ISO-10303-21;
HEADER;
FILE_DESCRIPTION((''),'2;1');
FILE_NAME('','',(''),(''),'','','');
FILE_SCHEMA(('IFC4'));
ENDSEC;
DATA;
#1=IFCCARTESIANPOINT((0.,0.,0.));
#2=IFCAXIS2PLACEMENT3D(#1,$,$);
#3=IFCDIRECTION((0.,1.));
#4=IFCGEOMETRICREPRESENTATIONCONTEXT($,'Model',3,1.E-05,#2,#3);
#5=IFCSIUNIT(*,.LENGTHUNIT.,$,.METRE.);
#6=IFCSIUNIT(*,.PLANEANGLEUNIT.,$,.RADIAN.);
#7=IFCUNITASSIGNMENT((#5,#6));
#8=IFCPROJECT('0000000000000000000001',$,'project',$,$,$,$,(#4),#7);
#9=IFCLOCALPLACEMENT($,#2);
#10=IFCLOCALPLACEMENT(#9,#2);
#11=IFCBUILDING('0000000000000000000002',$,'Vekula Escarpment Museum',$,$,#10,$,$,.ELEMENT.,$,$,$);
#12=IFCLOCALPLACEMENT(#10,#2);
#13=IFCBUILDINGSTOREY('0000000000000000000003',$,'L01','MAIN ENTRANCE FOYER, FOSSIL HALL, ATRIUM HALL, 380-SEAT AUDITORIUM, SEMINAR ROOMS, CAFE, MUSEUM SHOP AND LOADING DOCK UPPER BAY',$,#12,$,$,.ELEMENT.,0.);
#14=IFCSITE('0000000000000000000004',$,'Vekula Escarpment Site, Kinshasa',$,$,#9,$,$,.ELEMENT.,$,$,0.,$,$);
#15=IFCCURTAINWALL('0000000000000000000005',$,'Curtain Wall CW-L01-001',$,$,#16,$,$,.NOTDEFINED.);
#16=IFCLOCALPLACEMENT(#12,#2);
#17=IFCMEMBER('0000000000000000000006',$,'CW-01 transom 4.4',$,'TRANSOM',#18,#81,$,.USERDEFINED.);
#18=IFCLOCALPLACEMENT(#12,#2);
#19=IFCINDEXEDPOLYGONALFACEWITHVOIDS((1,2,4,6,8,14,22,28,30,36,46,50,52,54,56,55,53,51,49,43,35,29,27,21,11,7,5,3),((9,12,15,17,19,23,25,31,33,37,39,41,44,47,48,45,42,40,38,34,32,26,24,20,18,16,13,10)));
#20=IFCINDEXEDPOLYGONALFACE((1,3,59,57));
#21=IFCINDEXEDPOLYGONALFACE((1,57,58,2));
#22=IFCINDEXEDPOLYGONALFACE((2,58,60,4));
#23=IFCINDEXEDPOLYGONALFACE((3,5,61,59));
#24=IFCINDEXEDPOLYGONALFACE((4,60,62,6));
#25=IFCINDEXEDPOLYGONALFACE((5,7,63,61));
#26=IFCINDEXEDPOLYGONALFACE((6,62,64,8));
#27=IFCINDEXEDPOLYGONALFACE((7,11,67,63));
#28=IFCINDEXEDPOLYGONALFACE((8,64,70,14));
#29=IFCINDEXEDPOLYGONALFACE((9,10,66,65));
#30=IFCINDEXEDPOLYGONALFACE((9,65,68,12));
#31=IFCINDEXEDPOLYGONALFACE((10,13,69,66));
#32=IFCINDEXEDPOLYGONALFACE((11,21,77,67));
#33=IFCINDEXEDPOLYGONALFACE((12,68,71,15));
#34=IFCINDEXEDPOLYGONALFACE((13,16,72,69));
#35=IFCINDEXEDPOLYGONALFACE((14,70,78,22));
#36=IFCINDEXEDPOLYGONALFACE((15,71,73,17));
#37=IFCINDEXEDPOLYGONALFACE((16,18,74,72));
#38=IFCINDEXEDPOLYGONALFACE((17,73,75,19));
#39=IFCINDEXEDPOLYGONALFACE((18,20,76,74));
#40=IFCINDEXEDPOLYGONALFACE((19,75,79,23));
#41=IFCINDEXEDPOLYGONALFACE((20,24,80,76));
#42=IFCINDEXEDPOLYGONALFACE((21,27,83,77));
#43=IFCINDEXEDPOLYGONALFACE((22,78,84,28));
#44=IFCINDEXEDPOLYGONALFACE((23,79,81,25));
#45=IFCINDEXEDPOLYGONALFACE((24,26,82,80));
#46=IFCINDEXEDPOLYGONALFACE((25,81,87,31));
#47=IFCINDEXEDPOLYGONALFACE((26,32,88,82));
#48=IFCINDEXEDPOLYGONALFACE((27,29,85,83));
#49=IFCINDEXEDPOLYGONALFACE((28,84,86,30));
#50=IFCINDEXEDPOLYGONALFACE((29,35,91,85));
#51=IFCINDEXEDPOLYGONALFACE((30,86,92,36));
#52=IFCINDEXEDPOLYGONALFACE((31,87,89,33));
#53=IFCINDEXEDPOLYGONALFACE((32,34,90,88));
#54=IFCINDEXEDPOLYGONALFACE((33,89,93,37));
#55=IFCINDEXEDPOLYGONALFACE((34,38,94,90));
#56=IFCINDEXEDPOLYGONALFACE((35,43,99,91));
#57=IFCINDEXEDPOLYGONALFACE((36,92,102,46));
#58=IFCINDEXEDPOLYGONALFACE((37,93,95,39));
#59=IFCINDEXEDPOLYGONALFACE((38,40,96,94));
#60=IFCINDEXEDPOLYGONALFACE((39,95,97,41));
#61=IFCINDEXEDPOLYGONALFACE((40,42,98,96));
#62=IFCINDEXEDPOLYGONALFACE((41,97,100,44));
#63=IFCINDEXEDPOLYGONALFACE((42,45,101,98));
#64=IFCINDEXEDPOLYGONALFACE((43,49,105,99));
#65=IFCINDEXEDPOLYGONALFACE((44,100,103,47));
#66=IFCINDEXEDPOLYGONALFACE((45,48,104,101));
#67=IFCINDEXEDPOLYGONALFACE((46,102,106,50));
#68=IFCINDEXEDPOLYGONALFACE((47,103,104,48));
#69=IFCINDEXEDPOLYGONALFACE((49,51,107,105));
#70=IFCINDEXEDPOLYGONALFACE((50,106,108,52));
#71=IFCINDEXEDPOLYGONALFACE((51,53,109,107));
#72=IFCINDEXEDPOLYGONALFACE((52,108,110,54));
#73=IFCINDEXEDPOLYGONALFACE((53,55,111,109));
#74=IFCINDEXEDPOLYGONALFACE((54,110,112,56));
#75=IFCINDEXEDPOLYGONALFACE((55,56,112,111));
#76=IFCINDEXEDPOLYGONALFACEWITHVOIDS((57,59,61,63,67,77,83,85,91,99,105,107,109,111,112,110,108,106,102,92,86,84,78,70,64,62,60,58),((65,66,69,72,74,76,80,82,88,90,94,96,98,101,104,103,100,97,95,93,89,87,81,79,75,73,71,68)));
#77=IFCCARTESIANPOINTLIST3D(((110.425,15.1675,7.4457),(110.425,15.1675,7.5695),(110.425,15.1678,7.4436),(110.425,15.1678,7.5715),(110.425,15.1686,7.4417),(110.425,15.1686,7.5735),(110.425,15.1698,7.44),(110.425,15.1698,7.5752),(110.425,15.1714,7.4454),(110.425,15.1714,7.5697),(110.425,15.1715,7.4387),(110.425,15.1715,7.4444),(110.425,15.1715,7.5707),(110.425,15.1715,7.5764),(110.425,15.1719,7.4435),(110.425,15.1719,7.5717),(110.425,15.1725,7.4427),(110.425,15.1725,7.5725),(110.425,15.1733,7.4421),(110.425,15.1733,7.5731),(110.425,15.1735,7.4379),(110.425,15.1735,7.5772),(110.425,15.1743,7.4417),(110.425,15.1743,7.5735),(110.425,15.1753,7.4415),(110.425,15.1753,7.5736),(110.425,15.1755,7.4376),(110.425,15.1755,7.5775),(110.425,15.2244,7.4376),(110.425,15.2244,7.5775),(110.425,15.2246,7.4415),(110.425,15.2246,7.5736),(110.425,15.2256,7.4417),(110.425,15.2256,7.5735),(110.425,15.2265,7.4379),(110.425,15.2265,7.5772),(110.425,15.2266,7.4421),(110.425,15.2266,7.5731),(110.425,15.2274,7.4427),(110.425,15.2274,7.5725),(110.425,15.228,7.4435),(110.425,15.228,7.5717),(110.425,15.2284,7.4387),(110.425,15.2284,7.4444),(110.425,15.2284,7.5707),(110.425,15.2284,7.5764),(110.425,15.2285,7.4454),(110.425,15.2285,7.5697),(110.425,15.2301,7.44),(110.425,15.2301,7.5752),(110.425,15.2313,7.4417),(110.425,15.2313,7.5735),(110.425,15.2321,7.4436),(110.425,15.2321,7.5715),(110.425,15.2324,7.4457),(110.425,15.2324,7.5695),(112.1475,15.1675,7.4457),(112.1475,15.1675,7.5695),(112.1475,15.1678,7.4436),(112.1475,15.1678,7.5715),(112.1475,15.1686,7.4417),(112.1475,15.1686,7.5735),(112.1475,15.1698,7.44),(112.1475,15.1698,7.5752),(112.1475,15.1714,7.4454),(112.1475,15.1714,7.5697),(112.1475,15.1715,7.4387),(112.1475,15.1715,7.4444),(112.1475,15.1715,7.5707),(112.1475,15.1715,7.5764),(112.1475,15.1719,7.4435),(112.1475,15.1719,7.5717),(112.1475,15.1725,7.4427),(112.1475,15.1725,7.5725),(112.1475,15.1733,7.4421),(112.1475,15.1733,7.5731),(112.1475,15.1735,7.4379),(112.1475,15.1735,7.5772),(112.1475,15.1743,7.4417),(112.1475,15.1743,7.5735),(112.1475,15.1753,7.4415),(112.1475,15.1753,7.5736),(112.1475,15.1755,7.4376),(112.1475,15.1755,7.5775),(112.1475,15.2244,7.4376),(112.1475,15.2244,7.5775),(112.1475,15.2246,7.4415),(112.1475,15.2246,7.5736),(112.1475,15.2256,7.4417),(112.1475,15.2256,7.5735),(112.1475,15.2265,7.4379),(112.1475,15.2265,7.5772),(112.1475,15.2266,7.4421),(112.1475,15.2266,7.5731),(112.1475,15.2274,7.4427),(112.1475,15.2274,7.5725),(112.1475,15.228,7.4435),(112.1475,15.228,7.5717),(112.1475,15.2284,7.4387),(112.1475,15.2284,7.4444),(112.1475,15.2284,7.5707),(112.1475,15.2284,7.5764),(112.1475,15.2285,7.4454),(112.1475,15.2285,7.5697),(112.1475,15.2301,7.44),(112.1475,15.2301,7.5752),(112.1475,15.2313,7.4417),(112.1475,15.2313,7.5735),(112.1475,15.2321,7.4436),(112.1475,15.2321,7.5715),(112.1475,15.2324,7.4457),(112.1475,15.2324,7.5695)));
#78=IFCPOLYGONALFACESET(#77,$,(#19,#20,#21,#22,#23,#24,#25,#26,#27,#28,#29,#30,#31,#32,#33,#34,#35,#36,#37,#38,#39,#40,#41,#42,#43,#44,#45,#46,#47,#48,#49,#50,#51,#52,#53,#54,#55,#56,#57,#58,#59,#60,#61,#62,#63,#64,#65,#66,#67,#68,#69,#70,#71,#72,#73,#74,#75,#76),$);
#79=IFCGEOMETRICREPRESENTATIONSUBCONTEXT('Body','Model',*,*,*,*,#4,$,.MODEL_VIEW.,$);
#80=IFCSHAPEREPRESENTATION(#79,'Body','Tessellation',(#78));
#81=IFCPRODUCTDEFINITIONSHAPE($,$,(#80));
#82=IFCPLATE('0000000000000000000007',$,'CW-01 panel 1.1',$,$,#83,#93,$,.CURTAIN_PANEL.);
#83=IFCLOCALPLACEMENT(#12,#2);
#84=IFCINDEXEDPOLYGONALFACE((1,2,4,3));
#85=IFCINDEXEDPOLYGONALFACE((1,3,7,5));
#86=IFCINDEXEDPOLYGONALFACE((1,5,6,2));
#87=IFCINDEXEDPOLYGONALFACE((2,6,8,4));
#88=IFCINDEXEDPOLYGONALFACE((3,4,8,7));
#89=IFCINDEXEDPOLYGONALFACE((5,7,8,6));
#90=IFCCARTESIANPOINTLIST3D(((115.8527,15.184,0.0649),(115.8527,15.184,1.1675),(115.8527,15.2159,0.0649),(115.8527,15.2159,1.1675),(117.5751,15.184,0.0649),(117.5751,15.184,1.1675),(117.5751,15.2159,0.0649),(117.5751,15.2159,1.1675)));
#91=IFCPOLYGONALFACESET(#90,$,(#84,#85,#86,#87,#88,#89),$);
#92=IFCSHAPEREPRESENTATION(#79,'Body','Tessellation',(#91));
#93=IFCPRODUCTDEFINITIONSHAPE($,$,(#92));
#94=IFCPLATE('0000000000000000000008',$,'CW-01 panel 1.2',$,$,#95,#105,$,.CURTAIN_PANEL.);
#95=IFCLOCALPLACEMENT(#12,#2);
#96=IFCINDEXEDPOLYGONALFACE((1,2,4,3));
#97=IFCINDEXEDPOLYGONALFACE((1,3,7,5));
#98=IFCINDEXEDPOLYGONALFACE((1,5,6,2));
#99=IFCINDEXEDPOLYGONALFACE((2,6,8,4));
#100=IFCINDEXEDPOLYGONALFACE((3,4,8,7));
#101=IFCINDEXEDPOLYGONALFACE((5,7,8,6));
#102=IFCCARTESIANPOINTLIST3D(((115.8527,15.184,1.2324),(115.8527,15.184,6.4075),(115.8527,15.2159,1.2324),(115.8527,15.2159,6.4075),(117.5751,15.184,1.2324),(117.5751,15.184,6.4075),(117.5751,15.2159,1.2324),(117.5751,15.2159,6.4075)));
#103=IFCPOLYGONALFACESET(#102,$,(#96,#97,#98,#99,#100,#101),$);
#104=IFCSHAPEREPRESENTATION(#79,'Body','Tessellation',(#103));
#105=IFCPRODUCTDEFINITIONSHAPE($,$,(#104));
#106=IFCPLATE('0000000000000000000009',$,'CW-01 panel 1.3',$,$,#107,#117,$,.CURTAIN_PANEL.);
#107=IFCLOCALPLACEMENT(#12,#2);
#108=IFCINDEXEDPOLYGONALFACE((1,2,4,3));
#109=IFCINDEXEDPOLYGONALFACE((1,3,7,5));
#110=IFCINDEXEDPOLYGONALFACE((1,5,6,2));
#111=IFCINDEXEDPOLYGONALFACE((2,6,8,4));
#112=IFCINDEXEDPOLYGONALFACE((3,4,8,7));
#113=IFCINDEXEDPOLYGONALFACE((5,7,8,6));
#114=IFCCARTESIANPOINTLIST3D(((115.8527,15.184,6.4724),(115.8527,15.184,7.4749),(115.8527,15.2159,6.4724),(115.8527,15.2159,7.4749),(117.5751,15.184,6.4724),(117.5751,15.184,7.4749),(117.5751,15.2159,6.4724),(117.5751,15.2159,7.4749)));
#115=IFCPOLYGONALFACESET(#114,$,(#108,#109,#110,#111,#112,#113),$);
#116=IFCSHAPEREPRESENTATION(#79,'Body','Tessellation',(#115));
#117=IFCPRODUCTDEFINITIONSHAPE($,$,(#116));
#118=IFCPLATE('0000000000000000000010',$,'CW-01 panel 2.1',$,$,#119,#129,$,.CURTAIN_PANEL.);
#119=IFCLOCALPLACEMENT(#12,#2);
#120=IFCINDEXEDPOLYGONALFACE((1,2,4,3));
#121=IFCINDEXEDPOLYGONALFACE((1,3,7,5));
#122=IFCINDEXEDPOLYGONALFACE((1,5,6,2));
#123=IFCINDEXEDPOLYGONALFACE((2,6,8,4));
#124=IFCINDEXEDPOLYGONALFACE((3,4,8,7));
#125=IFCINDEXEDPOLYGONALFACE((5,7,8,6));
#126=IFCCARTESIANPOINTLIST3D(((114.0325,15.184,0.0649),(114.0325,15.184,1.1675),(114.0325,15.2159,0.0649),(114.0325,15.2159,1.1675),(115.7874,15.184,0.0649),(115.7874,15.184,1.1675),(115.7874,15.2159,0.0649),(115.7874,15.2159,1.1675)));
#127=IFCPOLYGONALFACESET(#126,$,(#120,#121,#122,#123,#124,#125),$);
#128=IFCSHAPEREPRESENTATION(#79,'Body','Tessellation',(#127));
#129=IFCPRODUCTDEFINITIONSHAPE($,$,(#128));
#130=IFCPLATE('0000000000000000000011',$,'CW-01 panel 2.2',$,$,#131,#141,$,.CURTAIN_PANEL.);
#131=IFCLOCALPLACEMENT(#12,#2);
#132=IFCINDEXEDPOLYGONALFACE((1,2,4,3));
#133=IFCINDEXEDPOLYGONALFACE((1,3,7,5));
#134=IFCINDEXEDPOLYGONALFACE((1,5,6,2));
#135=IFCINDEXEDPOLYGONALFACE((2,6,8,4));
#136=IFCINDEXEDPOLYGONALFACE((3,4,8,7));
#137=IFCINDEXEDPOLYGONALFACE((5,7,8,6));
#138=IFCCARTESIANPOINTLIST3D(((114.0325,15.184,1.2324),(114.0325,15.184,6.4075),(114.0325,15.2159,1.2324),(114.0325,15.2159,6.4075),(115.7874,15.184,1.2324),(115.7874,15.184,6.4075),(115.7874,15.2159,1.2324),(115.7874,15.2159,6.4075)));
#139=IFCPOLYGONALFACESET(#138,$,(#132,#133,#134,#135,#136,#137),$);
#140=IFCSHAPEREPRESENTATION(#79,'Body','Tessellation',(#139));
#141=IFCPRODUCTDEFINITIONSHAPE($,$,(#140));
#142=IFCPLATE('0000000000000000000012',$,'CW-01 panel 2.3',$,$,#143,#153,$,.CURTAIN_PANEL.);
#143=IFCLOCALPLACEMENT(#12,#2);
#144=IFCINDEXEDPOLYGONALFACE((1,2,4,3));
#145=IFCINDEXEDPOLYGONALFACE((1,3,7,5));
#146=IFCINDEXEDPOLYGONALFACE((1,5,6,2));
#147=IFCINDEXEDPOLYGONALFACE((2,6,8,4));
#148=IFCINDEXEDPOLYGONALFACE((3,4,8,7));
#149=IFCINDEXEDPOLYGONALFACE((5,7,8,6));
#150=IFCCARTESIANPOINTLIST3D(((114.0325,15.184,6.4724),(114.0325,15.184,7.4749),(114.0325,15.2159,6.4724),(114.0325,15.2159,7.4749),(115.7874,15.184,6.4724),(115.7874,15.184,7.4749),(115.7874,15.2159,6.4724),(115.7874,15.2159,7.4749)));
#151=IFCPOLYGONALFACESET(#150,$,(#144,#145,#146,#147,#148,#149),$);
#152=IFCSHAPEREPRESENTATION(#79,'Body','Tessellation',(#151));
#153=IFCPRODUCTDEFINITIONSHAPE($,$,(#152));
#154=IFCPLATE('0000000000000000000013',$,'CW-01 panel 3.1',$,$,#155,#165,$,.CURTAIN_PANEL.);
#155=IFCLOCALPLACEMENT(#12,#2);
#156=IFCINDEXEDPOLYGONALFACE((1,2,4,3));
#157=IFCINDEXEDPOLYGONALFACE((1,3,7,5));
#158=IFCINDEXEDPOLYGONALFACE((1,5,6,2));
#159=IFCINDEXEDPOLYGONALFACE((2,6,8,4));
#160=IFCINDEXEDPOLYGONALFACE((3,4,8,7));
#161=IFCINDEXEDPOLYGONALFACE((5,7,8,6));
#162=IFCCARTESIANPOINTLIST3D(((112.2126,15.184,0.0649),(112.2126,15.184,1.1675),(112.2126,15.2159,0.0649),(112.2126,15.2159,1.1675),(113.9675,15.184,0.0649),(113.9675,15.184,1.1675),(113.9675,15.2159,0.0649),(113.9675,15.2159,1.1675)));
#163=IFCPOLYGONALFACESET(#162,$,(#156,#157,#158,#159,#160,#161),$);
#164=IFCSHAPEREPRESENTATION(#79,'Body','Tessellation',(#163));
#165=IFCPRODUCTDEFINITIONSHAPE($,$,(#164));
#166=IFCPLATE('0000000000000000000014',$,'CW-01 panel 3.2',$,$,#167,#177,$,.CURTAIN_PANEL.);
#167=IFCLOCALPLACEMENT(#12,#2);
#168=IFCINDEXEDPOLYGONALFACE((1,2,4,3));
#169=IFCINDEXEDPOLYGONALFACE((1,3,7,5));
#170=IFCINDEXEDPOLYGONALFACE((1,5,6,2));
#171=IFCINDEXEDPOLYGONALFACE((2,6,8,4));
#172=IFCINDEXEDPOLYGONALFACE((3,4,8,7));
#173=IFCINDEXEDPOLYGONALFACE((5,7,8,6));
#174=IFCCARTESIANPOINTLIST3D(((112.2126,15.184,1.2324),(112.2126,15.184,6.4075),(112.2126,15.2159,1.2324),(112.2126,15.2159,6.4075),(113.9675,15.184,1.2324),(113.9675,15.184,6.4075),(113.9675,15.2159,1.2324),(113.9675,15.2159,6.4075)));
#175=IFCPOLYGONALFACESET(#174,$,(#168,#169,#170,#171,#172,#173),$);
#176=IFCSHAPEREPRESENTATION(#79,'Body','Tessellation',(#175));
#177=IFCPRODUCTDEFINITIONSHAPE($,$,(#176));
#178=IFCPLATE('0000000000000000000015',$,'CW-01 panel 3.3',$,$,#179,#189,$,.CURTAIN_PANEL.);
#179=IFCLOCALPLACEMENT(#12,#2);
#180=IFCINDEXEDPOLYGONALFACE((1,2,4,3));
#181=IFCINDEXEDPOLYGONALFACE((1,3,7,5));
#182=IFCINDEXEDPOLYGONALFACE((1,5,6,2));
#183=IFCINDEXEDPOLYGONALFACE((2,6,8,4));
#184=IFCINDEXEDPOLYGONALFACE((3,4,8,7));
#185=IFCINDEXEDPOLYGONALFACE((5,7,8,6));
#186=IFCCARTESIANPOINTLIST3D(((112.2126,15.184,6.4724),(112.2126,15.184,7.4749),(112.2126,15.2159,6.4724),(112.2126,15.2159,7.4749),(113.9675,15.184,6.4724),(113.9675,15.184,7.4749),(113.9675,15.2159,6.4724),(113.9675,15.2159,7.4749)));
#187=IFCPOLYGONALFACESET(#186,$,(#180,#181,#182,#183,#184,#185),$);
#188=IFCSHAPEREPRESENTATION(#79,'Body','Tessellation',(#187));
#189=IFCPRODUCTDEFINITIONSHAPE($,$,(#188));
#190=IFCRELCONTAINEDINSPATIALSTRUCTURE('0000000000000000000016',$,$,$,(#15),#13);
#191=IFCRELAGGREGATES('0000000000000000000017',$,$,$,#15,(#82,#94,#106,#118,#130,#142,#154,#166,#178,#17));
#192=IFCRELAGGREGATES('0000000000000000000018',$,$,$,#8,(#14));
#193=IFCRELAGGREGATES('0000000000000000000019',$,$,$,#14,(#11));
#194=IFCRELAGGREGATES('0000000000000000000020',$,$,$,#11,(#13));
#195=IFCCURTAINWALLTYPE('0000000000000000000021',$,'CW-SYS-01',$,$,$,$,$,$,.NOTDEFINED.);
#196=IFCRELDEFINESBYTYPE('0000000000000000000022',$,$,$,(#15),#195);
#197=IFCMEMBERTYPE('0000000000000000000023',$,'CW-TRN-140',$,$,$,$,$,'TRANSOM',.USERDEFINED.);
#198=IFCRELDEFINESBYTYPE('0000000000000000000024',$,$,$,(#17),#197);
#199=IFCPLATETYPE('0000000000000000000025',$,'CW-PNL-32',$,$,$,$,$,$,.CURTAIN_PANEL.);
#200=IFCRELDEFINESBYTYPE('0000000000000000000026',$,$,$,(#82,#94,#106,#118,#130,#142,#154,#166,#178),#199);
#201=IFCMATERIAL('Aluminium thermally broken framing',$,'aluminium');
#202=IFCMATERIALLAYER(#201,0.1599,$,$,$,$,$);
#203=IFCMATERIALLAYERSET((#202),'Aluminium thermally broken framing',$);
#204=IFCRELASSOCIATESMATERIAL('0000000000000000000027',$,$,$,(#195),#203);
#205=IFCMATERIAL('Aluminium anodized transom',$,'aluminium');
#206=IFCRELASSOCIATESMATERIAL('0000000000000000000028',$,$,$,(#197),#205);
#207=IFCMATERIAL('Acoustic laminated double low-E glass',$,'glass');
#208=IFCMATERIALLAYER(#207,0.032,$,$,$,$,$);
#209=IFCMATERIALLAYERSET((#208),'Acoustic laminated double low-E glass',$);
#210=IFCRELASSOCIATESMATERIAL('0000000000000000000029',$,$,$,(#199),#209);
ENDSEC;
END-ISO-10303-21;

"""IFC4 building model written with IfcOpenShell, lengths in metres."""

from ifc_helpers import new_model, si_unit, direction, frame, origin, origin_2d, place, context, subcontext, project, spatial, rectangle, hollow_rectangle, extrude, material, layer, layer_set, material_profile, profile_set, type_object, element, aggregate, save


model = new_model("IFC4")

# Units and contexts
model_context = context("Model", 3, precision=1e-05, world=origin(), true_north=direction((0.0, 1.0)))
body_context = subcontext(model_context, "Body", "Model", "MODEL_VIEW")
ifc_project = project(units=[si_unit("LENGTHUNIT", "METRE"), si_unit("PLANEANGLEUNIT", "RADIAN")], contexts=[model_context])

# Site, building, storey
site_placement = place(None, origin())
site = spatial("IfcSite", under=ifc_project, at=site_placement, Name="Vekula Escarpment Site, Kinshasa", CompositionType="ELEMENT", RefElevation=0.0)
building_placement = place(site_placement, origin())
building = spatial("IfcBuilding", under=site, at=building_placement, Name="Vekula Escarpment Museum", CompositionType="ELEMENT")
storey_placement = place(building_placement, origin())
storey = spatial("IfcBuildingStorey", under=building, at=storey_placement, Name="L01", Description="MAIN ENTRANCE FOYER, FOSSIL HALL, ATRIUM HALL, 380-SEAT AUDITORIUM, SEMINAR ROOMS, CAFE, MUSEUM SHOP AND LOADING DOCK UPPER BAY", CompositionType="ELEMENT", Elevation=0.0)

# Curtain wall, member, plates
ifc_material_1 = material(Name="Aluminium thermally broken framing", Category="aluminium")
ifc_layer_1 = layer(ifc_material_1, 0.1599)
ifc_layer_set_1 = layer_set([ifc_layer_1], Name="Aluminium thermally broken framing")
curtain_wall_type = type_object("IfcCurtainWallType", Name="CW-SYS-01", PredefinedType="NOTDEFINED", material=ifc_layer_set_1)
curtain_wall_placement = place(storey_placement, origin())
curtain_wall = element("IfcCurtainWall", 1, at=curtain_wall_placement, inside=storey, type_object=curtain_wall_type, Name="Curtain Wall CW-L01-001", PredefinedType="NOTDEFINED")
ifc_material_2 = material(Name="Aluminium anodized transom", Category="aluminium")
ifc_material_profile_1 = material_profile(ifc_material_2, hollow_rectangle(XDim=0.0649, YDim=0.1399, WallThickness=0.0039, InnerFilletRadius=0.0039, OuterFilletRadius=0.0081, at=origin_2d()), Name="ALU 140x65x4")
ifc_profile_set_1 = profile_set([ifc_material_profile_1], Name="Aluminium anodized transom")
member_type_1 = type_object("IfcMemberType", Name="CW-TRN-140", ElementType="TRANSOM", PredefinedType="USERDEFINED", material=ifc_profile_set_1)
member_1_placement = place(storey_placement, frame((112.1475, 15.2, 7.5076), z_axis=(-1.0, 0.0, 0.0), x_axis=(0.0, -1.0, 0.0)))
member_1 = element("IfcMember", 2, at=member_1_placement, type_object=member_type_1, Name="CW-01 transom 4.4", ObjectType="TRANSOM", PredefinedType="USERDEFINED", context=body_context, shape_type="SweptSolid", body=[
    extrude(hollow_rectangle(XDim=0.0649, YDim=0.1399, WallThickness=0.0039, InnerFilletRadius=0.0039, OuterFilletRadius=0.0081, at=origin_2d()), origin(), (0.0, 0.0, 1.0), 1.7224),
])
ifc_material_3 = material(Name="Acoustic laminated double low-E glass", Category="glass")
ifc_layer_2 = layer(ifc_material_3, 0.032)
ifc_layer_set_2 = layer_set([ifc_layer_2], Name="Acoustic laminated double low-E glass")
plate_type = type_object("IfcPlateType", Name="CW-PNL-32", PredefinedType="CURTAIN_PANEL", material=ifc_layer_set_2)
plate_1_placement = place(storey_placement, frame((116.7139, 15.2, 0.0649), z_axis=(0.0, 0.0, 1.0), x_axis=(-1.0, 0.0, 0.0)))
plate_1 = element("IfcPlate", 3, at=plate_1_placement, type_object=plate_type, Name="CW-01 panel 1.1", PredefinedType="CURTAIN_PANEL", context=body_context, shape_type="SweptSolid", body=[
    extrude(rectangle(XDim=1.7224, YDim=0.032, at=origin_2d()), origin(), (0.0, 0.0, 1.0), 1.1025),
])
plate_2_placement = place(storey_placement, frame((116.7139, 15.2, 1.2324), z_axis=(0.0, 0.0, 1.0), x_axis=(-1.0, 0.0, 0.0)))
plate_2 = element("IfcPlate", 4, at=plate_2_placement, type_object=plate_type, Name="CW-01 panel 1.2", PredefinedType="CURTAIN_PANEL", context=body_context, shape_type="SweptSolid", body=[
    extrude(rectangle(XDim=1.7224, YDim=0.032, at=origin_2d()), origin(), (0.0, 0.0, 1.0), 5.175),
])
plate_3_placement = place(storey_placement, frame((116.7139, 15.2, 6.4724), z_axis=(0.0, 0.0, 1.0), x_axis=(-1.0, 0.0, 0.0)))
plate_3 = element("IfcPlate", 5, at=plate_3_placement, type_object=plate_type, Name="CW-01 panel 1.3", PredefinedType="CURTAIN_PANEL", context=body_context, shape_type="SweptSolid", body=[
    extrude(rectangle(XDim=1.7224, YDim=0.032, at=origin_2d()), origin(), (0.0, 0.0, 1.0), 1.0024),
])
plate_4_placement = place(storey_placement, frame((114.9099, 15.2, 0.0649), z_axis=(0.0, 0.0, 1.0), x_axis=(-1.0, 0.0, 0.0)))
plate_4 = element("IfcPlate", 6, at=plate_4_placement, type_object=plate_type, Name="CW-01 panel 2.1", PredefinedType="CURTAIN_PANEL", context=body_context, shape_type="SweptSolid", body=[
    extrude(rectangle(XDim=1.7549, YDim=0.032, at=origin_2d()), origin(), (0.0, 0.0, 1.0), 1.1025),
])
plate_5_placement = place(storey_placement, frame((114.9099, 15.2, 1.2324), z_axis=(0.0, 0.0, 1.0), x_axis=(-1.0, 0.0, 0.0)))
plate_5 = element("IfcPlate", 7, at=plate_5_placement, type_object=plate_type, Name="CW-01 panel 2.2", PredefinedType="CURTAIN_PANEL", context=body_context, shape_type="SweptSolid", body=[
    extrude(rectangle(XDim=1.7549, YDim=0.032, at=origin_2d()), origin(), (0.0, 0.0, 1.0), 5.175),
])
plate_6_placement = place(storey_placement, frame((114.9099, 15.2, 6.4724), z_axis=(0.0, 0.0, 1.0), x_axis=(-1.0, 0.0, 0.0)))
plate_6 = element("IfcPlate", 8, at=plate_6_placement, type_object=plate_type, Name="CW-01 panel 2.3", PredefinedType="CURTAIN_PANEL", context=body_context, shape_type="SweptSolid", body=[
    extrude(rectangle(XDim=1.7549, YDim=0.032, at=origin_2d()), origin(), (0.0, 0.0, 1.0), 1.0024),
])
plate_7_placement = place(storey_placement, frame((113.0901, 15.2, 0.0649), z_axis=(0.0, 0.0, 1.0), x_axis=(-1.0, 0.0, 0.0)))
plate_7 = element("IfcPlate", 9, at=plate_7_placement, type_object=plate_type, Name="CW-01 panel 3.1", PredefinedType="CURTAIN_PANEL", context=body_context, shape_type="SweptSolid", body=[
    extrude(rectangle(XDim=1.7549, YDim=0.032, at=origin_2d()), origin(), (0.0, 0.0, 1.0), 1.1025),
])
plate_8_placement = place(storey_placement, frame((113.0901, 15.2, 1.2324), z_axis=(0.0, 0.0, 1.0), x_axis=(-1.0, 0.0, 0.0)))
plate_8 = element("IfcPlate", 10, at=plate_8_placement, type_object=plate_type, Name="CW-01 panel 3.2", PredefinedType="CURTAIN_PANEL", context=body_context, shape_type="SweptSolid", body=[
    extrude(rectangle(XDim=1.7549, YDim=0.032, at=origin_2d()), origin(), (0.0, 0.0, 1.0), 5.175),
])
plate_9_placement = place(storey_placement, frame((113.0901, 15.2, 6.4724), z_axis=(0.0, 0.0, 1.0), x_axis=(-1.0, 0.0, 0.0)))
plate_9 = element("IfcPlate", 11, at=plate_9_placement, type_object=plate_type, Name="CW-01 panel 3.3", PredefinedType="CURTAIN_PANEL", context=body_context, shape_type="SweptSolid", body=[
    extrude(rectangle(XDim=1.7549, YDim=0.032, at=origin_2d()), origin(), (0.0, 0.0, 1.0), 1.0024),
])
aggregate(curtain_wall, [plate_1, plate_2, plate_3, plate_4, plate_5, plate_6, plate_7, plate_8, plate_9, member_1])

save(model, "model.ifc")
